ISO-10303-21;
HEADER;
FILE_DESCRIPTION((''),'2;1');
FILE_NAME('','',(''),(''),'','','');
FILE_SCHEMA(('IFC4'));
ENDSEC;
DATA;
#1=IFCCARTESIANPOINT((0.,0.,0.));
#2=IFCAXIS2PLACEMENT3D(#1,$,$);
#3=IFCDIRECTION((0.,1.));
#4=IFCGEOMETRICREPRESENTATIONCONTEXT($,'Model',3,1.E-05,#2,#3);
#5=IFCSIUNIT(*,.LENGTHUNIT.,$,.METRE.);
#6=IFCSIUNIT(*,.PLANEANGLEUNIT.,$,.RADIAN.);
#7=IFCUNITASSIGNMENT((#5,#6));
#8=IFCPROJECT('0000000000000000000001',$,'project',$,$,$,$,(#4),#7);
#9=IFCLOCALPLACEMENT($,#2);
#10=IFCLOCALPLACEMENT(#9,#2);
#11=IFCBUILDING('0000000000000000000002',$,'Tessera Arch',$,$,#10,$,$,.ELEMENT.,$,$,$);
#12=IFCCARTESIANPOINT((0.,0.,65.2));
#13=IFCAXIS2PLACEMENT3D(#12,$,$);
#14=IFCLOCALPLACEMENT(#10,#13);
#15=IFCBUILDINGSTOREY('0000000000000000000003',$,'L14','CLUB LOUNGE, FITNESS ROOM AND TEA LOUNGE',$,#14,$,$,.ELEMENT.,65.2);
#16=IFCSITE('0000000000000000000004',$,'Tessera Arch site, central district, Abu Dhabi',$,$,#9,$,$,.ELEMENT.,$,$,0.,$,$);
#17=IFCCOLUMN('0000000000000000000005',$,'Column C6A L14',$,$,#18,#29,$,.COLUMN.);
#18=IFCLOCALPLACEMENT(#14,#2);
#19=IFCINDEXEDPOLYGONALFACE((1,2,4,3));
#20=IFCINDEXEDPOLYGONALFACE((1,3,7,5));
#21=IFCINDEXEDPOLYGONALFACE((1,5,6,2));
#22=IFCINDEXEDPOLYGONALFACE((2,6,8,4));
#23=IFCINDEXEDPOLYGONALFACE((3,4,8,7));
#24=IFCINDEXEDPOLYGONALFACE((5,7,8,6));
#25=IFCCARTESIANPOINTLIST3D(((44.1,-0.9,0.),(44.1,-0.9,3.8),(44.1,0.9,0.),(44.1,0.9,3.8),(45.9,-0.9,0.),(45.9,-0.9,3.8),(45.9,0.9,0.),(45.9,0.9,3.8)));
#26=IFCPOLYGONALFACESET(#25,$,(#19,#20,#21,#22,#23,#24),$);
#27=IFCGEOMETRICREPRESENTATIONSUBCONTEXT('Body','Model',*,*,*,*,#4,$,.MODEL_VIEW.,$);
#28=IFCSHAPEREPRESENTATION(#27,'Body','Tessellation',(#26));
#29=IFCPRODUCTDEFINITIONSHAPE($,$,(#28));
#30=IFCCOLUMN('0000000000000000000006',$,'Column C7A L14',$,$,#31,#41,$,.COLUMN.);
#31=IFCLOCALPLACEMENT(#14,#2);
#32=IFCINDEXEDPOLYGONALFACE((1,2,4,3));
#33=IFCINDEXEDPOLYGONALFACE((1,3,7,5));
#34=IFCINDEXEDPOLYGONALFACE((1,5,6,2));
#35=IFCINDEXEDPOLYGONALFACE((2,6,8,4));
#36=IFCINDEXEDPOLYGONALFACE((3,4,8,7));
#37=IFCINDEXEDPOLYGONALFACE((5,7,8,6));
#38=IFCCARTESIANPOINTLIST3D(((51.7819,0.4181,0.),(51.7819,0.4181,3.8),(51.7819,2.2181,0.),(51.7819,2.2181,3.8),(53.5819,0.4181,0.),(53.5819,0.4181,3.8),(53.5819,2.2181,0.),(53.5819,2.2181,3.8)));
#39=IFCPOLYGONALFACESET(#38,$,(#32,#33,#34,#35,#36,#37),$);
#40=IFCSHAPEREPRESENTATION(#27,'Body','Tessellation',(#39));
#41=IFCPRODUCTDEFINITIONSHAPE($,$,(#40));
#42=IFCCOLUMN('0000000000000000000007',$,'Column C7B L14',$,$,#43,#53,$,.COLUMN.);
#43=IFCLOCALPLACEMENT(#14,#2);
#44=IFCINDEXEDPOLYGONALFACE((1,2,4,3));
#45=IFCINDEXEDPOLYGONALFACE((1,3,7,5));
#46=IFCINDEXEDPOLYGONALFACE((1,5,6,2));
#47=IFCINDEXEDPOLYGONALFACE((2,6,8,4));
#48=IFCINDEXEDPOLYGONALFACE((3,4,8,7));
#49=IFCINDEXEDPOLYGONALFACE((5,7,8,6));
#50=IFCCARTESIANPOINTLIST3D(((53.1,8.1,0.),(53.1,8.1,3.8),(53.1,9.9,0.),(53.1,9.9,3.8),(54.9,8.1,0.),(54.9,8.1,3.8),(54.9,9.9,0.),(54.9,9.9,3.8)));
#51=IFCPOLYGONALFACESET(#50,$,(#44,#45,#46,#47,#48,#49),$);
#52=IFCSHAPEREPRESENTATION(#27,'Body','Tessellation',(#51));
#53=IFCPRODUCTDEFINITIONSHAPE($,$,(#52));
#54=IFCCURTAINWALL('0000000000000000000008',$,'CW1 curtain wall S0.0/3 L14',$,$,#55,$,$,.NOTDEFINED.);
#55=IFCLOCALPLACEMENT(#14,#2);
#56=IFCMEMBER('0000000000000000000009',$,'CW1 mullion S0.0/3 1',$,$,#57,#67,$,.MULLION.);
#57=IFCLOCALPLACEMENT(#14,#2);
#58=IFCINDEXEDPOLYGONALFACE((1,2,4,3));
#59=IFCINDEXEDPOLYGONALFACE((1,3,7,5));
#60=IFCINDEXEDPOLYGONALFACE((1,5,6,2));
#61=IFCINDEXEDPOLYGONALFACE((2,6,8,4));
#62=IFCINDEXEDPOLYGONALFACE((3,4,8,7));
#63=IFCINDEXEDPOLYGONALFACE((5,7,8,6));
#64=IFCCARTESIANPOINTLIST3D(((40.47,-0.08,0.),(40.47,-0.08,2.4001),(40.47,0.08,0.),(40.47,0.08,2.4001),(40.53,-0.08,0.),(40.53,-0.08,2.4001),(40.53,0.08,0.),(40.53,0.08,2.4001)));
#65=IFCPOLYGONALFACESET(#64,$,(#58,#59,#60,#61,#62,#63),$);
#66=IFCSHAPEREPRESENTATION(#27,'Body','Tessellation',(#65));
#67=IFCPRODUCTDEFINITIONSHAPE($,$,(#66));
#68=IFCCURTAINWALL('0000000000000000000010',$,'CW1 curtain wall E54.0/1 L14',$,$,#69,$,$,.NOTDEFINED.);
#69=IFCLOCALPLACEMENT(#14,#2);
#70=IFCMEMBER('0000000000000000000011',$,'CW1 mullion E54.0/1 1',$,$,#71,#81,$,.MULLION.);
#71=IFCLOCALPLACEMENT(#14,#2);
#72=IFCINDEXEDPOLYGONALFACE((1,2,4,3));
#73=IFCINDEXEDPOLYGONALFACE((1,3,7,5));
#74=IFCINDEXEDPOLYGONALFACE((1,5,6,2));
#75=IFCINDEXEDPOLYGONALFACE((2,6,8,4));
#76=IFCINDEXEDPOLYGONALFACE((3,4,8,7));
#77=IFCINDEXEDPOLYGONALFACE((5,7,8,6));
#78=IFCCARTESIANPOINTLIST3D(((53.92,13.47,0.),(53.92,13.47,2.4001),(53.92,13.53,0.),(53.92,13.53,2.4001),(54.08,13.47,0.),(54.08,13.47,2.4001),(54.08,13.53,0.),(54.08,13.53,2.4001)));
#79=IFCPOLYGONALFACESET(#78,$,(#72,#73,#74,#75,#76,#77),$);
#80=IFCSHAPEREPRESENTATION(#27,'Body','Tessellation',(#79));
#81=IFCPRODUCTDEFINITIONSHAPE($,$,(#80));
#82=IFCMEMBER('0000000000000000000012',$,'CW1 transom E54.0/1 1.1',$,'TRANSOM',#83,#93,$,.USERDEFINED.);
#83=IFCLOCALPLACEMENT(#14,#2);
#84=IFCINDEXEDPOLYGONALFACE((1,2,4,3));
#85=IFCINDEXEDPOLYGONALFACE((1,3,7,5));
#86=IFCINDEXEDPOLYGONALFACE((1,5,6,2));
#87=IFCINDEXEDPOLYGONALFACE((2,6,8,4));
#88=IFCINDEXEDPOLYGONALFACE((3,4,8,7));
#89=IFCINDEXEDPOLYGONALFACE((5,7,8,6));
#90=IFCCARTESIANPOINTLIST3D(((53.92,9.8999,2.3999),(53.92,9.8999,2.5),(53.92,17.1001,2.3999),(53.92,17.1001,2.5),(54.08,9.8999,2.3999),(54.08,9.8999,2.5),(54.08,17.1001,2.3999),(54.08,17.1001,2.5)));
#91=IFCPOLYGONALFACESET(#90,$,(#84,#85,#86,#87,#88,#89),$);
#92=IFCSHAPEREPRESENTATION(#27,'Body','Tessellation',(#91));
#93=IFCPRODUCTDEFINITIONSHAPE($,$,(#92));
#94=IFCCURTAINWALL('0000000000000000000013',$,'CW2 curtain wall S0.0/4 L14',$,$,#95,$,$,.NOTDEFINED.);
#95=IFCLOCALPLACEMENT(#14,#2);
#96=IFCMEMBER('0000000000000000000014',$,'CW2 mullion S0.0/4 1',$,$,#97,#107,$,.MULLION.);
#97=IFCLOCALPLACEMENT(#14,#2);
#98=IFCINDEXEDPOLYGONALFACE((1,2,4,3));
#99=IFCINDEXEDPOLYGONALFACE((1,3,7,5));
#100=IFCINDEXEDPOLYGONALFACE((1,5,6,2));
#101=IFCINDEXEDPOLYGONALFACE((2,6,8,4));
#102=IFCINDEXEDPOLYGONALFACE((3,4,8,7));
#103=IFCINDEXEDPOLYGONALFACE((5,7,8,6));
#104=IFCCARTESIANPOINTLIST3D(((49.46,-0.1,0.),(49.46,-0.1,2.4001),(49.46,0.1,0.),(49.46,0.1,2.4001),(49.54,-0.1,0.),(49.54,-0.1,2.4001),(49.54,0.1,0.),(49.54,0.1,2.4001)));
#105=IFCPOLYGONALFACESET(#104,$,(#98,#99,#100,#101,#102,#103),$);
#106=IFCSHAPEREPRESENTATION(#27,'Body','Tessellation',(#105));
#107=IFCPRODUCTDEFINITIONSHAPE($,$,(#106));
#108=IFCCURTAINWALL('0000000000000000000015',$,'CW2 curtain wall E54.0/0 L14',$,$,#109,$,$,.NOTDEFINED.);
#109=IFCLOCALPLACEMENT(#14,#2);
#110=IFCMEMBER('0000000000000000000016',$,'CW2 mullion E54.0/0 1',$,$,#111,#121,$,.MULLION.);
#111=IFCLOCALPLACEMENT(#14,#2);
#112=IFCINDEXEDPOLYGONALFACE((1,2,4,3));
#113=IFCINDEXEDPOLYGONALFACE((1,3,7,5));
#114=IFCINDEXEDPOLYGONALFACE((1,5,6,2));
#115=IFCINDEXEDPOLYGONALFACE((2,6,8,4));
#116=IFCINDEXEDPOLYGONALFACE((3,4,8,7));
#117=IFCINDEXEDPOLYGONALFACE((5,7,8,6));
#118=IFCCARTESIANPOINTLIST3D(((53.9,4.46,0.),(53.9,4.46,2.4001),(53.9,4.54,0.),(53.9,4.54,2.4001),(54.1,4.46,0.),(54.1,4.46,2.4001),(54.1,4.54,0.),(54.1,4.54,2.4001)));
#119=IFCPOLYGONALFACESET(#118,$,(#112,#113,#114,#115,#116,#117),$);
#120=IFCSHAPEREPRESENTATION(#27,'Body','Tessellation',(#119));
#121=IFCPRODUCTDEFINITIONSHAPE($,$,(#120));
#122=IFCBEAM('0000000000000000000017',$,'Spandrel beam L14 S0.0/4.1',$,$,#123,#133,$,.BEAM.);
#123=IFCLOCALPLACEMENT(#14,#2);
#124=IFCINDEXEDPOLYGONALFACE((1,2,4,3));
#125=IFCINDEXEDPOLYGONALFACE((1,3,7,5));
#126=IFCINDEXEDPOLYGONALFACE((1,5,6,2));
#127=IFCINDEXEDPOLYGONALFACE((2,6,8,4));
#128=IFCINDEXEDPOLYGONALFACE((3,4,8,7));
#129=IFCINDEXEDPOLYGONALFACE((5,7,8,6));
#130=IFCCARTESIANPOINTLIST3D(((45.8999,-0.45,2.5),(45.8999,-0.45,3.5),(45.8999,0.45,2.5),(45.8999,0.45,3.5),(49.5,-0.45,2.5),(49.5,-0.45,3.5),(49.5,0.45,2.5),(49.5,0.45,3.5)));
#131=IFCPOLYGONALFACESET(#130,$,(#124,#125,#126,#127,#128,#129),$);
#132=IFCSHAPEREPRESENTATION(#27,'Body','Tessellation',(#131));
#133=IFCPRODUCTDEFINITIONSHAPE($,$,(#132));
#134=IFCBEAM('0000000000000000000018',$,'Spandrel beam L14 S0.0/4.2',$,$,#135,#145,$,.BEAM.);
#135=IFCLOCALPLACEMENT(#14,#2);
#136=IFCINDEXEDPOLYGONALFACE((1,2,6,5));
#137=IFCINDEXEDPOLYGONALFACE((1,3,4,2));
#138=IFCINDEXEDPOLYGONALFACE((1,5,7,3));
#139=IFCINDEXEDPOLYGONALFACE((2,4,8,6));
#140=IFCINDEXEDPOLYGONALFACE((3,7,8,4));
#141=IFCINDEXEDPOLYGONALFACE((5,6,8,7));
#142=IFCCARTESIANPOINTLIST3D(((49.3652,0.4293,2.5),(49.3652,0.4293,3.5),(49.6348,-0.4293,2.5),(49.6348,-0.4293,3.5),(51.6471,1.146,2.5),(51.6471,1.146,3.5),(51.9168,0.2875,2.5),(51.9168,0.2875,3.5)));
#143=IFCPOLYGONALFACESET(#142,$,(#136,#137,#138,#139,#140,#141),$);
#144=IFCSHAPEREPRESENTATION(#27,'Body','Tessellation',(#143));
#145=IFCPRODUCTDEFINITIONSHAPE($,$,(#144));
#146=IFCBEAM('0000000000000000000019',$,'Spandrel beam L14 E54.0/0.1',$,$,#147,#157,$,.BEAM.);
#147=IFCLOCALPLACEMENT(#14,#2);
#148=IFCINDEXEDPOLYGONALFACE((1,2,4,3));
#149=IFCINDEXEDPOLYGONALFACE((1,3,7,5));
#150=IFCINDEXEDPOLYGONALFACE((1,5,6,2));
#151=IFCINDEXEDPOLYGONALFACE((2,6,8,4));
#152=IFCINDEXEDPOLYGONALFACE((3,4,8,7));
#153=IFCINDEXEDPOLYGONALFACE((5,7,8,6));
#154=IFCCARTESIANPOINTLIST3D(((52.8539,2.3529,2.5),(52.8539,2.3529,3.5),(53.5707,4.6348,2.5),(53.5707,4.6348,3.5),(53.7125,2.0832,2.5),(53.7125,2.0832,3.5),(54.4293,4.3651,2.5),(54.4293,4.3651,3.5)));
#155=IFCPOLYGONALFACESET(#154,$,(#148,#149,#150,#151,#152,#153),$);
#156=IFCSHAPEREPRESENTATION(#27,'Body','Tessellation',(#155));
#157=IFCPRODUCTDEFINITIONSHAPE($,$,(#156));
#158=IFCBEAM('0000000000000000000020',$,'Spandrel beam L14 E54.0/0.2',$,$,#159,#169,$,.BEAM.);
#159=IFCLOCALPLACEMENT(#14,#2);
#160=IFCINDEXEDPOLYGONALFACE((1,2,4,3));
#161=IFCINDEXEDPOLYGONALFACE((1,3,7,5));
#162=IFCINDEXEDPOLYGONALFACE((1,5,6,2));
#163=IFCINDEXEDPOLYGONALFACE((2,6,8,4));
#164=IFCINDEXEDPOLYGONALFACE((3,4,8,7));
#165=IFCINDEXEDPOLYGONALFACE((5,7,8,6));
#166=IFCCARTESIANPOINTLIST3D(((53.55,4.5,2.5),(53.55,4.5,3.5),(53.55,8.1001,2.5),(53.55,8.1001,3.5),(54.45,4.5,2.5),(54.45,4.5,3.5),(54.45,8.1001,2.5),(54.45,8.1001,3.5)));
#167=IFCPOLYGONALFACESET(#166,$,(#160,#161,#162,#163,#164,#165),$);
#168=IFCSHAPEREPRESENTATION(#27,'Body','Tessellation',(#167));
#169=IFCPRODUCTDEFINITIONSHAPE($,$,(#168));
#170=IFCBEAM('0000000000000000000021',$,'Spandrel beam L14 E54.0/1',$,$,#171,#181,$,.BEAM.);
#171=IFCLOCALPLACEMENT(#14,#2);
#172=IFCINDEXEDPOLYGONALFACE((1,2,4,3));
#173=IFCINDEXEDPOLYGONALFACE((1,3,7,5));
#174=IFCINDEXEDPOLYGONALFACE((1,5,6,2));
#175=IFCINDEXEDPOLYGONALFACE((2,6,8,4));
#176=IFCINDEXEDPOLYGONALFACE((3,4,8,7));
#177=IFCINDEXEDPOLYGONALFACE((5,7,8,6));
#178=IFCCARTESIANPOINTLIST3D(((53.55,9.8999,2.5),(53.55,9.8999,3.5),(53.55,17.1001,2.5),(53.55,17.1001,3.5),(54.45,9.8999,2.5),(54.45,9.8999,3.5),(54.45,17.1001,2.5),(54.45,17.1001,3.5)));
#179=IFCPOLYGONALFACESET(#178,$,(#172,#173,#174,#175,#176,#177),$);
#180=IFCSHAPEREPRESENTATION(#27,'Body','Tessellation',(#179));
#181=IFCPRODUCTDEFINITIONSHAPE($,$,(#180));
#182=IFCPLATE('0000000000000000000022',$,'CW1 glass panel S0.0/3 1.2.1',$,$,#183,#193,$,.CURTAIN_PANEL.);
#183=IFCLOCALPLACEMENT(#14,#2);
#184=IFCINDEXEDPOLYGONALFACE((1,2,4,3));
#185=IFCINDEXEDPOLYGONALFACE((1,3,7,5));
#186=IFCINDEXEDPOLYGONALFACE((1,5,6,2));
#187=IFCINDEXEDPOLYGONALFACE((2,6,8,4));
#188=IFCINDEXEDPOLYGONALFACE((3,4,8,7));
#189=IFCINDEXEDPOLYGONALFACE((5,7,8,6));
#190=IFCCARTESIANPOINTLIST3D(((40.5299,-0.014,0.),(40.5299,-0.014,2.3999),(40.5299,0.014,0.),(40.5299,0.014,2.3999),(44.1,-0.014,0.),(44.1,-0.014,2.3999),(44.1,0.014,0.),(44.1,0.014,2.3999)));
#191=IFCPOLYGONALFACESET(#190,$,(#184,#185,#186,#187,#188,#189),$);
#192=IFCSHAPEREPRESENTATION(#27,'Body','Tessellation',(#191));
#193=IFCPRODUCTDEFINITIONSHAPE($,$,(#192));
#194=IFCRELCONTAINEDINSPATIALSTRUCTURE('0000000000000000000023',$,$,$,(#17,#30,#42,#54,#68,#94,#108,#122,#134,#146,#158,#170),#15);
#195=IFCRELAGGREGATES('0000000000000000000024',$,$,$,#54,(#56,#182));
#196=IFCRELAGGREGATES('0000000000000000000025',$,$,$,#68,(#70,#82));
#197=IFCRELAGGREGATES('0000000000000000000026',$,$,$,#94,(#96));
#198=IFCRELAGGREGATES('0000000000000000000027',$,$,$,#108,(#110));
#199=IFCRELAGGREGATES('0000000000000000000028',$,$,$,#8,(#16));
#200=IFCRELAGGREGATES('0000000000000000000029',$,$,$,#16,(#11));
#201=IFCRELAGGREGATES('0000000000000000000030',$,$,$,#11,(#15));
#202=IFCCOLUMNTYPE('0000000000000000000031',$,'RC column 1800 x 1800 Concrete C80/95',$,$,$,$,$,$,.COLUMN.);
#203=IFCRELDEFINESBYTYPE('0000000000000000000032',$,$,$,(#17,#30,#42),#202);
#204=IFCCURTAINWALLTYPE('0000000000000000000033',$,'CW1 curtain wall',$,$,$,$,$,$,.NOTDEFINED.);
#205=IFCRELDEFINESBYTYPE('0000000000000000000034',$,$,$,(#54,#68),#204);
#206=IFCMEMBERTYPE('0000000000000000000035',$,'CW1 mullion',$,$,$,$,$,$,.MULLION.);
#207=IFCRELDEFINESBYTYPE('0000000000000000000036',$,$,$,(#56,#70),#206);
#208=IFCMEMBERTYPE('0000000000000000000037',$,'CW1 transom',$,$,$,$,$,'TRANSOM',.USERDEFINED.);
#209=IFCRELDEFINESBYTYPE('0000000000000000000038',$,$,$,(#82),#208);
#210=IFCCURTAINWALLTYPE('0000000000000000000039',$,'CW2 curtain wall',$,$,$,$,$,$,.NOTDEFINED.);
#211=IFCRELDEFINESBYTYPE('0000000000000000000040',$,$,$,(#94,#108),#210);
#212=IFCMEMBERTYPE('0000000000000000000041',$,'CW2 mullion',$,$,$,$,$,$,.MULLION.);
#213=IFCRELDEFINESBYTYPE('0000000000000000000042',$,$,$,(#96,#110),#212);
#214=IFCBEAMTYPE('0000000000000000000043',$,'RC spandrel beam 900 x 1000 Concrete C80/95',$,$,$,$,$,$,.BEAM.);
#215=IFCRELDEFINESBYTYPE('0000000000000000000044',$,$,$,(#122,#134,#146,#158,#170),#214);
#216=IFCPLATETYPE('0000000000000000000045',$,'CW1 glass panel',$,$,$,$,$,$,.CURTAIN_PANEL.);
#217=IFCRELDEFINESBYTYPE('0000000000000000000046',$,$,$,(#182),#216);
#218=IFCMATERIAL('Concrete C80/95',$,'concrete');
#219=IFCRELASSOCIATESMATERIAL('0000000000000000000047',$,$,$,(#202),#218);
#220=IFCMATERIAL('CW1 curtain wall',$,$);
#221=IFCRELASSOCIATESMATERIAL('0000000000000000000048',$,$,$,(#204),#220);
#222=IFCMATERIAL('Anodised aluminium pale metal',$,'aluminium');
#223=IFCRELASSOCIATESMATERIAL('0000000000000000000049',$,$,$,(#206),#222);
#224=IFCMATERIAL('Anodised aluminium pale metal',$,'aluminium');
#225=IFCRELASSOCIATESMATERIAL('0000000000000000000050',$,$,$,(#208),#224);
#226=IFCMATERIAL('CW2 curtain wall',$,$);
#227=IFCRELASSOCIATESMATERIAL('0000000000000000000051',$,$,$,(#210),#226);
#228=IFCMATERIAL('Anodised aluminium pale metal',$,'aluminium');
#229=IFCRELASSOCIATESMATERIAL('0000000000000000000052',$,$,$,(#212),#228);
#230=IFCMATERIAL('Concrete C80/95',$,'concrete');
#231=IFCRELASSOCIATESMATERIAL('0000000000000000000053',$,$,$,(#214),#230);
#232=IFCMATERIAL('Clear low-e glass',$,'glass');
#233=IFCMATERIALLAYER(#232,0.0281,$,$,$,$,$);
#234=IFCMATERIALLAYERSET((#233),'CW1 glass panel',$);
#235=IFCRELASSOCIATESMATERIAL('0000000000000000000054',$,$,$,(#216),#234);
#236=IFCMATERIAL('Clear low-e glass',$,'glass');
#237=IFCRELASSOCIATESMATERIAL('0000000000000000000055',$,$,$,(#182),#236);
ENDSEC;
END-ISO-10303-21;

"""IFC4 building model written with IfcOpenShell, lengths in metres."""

from ifc_helpers import new_model, si_unit, direction, frame, origin, origin_2d, place, context, subcontext, project, spatial, rectangle, extrude, material, layer, layer_set, material_profile, profile_set, type_object, element, aggregate, save


model = new_model("IFC4")

# Units and contexts
model_context = context("Model", 3, precision=1e-05, world=origin(), true_north=direction((0.0, 1.0)))
body_context = subcontext(model_context, "Body", "Model", "MODEL_VIEW")
ifc_project = project(units=[si_unit("LENGTHUNIT", "METRE"), si_unit("PLANEANGLEUNIT", "RADIAN")], contexts=[model_context])

# Site, building, storey
site_placement = place(None, origin())
site = spatial("IfcSite", under=ifc_project, at=site_placement, Name="Tessera Arch site, central district, Abu Dhabi", CompositionType="ELEMENT", RefElevation=0.0)
building_placement = place(site_placement, origin())
building = spatial("IfcBuilding", under=site, at=building_placement, Name="Tessera Arch", CompositionType="ELEMENT")
storey_placement = place(building_placement, frame((0.0, 0.0, 65.2)))
storey = spatial("IfcBuildingStorey", under=building, at=storey_placement, Name="L14", Description="CLUB LOUNGE, FITNESS ROOM AND TEA LOUNGE", CompositionType="ELEMENT", Elevation=65.2)

# Columns
ifc_material_1 = material(Name="Concrete C80/95", Category="concrete")
ifc_material_profile_1 = material_profile(ifc_material_1, rectangle(XDim=1.8, YDim=1.8, at=origin_2d()), Name="RC column 1800 x 1800 Concrete C80/95")
ifc_profile_set_1 = profile_set([ifc_material_profile_1], Name="Concrete C80/95")
column_type = type_object("IfcColumnType", Name="RC column 1800 x 1800 Concrete C80/95", PredefinedType="COLUMN", material=ifc_profile_set_1)
for number, where, z_axis, x_axis, name in (
    (1, (45.0, 0.0, 0.0), (0.0, 0.0, 1.0), (1.0, 0.0, 0.0), "Column C6A L14"),
    (2, (52.6819, 1.3181, 0.0), (0.0, 0.0, 1.0), (1.0, 0.0, 0.0), "Column C7A L14"),
    (3, (54.0, 9.0, 0.0), (0.0, 0.0, 1.0), (1.0, 0.0, 0.0), "Column C7B L14"),
):
    element("IfcColumn", number, at=place(storey_placement, frame(where, z_axis=z_axis, x_axis=x_axis)), inside=storey, type_object=column_type, Name=name, PredefinedType="COLUMN", context=body_context, shape_type="SweptSolid", body=[
        extrude(rectangle(XDim=1.8, YDim=1.8, at=origin_2d()), origin(), (0.0, 0.0, 1.0), 3.8),
    ])

# Curtain wall, member
ifc_material_2 = material(Name="CW1 curtain wall")
curtain_wall_type_1 = type_object("IfcCurtainWallType", Name="CW1 curtain wall", PredefinedType="NOTDEFINED", material=ifc_material_2)
curtain_wall_1_placement = place(storey_placement, origin())
curtain_wall_1 = element("IfcCurtainWall", 4, at=curtain_wall_1_placement, inside=storey, type_object=curtain_wall_type_1, Name="CW1 curtain wall S0.0/3 L14", PredefinedType="NOTDEFINED")
ifc_material_3 = material(Name="Anodised aluminium pale metal", Category="aluminium")
ifc_material_profile_2 = material_profile(ifc_material_3, rectangle(XDim=0.1599, YDim=0.0601, at=origin_2d()), Name="AL 60x160")
ifc_profile_set_2 = profile_set([ifc_material_profile_2], Name="Anodised aluminium pale metal")
member_type_1 = type_object("IfcMemberType", Name="CW1 mullion", PredefinedType="MULLION", material=ifc_profile_set_2)
member_1_placement = place(storey_placement, frame((40.5, 0.0, 0.0), z_axis=(0.0, 0.0, 1.0), x_axis=(0.0, 1.0, 0.0)))
member_1 = element("IfcMember", 5, at=member_1_placement, type_object=member_type_1, Name="CW1 mullion S0.0/3 1", PredefinedType="MULLION", context=body_context, shape_type="SweptSolid", body=[
    extrude(rectangle(XDim=0.1599, YDim=0.0601, at=origin_2d()), origin(), (0.0, 0.0, 1.0), 2.4001),
])

# Curtain wall, members
curtain_wall_2_placement = place(storey_placement, origin())
curtain_wall_2 = element("IfcCurtainWall", 6, at=curtain_wall_2_placement, inside=storey, type_object=curtain_wall_type_1, Name="CW1 curtain wall E54.0/1 L14", PredefinedType="NOTDEFINED")
member_2_placement = place(storey_placement, frame((54.0, 13.5, 0.0), z_axis=(0.0, 0.0, 1.0), x_axis=(-1.0, 0.0, 0.0)))
member_2 = element("IfcMember", 7, at=member_2_placement, type_object=member_type_1, Name="CW1 mullion E54.0/1 1", PredefinedType="MULLION", context=body_context, shape_type="SweptSolid", body=[
    extrude(rectangle(XDim=0.1599, YDim=0.0601, at=origin_2d()), origin(), (0.0, 0.0, 1.0), 2.4001),
])
ifc_material_4 = material(Name="Anodised aluminium pale metal", Category="aluminium")
ifc_material_profile_3 = material_profile(ifc_material_4, rectangle(XDim=0.1599, YDim=0.1001, at=origin_2d()), Name="AL 160x100")
ifc_profile_set_3 = profile_set([ifc_material_profile_3], Name="Anodised aluminium pale metal")
member_type_2 = type_object("IfcMemberType", Name="CW1 transom", ElementType="TRANSOM", PredefinedType="USERDEFINED", material=ifc_profile_set_3)
member_3_placement = place(storey_placement, frame((54.0, 9.8999, 2.45), z_axis=(0.0, 1.0, 0.0), x_axis=(-1.0, 0.0, 0.0)))
member_3 = element("IfcMember", 8, at=member_3_placement, type_object=member_type_2, Name="CW1 transom E54.0/1 1.1", ObjectType="TRANSOM", PredefinedType="USERDEFINED", context=body_context, shape_type="SweptSolid", body=[
    extrude(rectangle(XDim=0.1599, YDim=0.1001, at=origin_2d()), origin(), (0.0, 0.0, 1.0), 7.2002),
])

# Curtain walls, members
ifc_material_5 = material(Name="CW2 curtain wall")
curtain_wall_type_2 = type_object("IfcCurtainWallType", Name="CW2 curtain wall", PredefinedType="NOTDEFINED", material=ifc_material_5)
curtain_wall_3_placement = place(storey_placement, origin())
curtain_wall_3 = element("IfcCurtainWall", 9, at=curtain_wall_3_placement, inside=storey, type_object=curtain_wall_type_2, Name="CW2 curtain wall S0.0/4 L14", PredefinedType="NOTDEFINED")
ifc_material_6 = material(Name="Anodised aluminium pale metal", Category="aluminium")
ifc_material_profile_4 = material_profile(ifc_material_6, rectangle(XDim=0.2, YDim=0.0801, at=origin_2d()), Name="AL 80x200")
ifc_profile_set_4 = profile_set([ifc_material_profile_4], Name="Anodised aluminium pale metal")
member_type_3 = type_object("IfcMemberType", Name="CW2 mullion", PredefinedType="MULLION", material=ifc_profile_set_4)
member_4_placement = place(storey_placement, frame((49.5, 0.0, 0.0), z_axis=(0.0, 0.0, 1.0), x_axis=(0.0, 1.0, 0.0)))
member_4 = element("IfcMember", 10, at=member_4_placement, type_object=member_type_3, Name="CW2 mullion S0.0/4 1", PredefinedType="MULLION", context=body_context, shape_type="SweptSolid", body=[
    extrude(rectangle(XDim=0.2, YDim=0.0801, at=origin_2d()), origin(), (0.0, 0.0, 1.0), 2.4001),
])
curtain_wall_4_placement = place(storey_placement, origin())
curtain_wall_4 = element("IfcCurtainWall", 11, at=curtain_wall_4_placement, inside=storey, type_object=curtain_wall_type_2, Name="CW2 curtain wall E54.0/0 L14", PredefinedType="NOTDEFINED")
member_5_placement = place(storey_placement, frame((54.0, 4.5, 0.0), z_axis=(0.0, 0.0, 1.0), x_axis=(-1.0, 0.0, 0.0)))
member_5 = element("IfcMember", 12, at=member_5_placement, type_object=member_type_3, Name="CW2 mullion E54.0/0 1", PredefinedType="MULLION", context=body_context, shape_type="SweptSolid", body=[
    extrude(rectangle(XDim=0.2, YDim=0.0801, at=origin_2d()), origin(), (0.0, 0.0, 1.0), 2.4001),
])

# Beams
ifc_material_7 = material(Name="Concrete C80/95", Category="concrete")
ifc_material_profile_5 = material_profile(ifc_material_7, rectangle(XDim=0.8999, YDim=1.0, at=origin_2d()), Name="RC spandrel beam 900 x 1000 Concrete C80/95")
ifc_profile_set_5 = profile_set([ifc_material_profile_5], Name="Concrete C80/95")
beam_type = type_object("IfcBeamType", Name="RC spandrel beam 900 x 1000 Concrete C80/95", PredefinedType="BEAM", material=ifc_profile_set_5)
beam_1_placement = place(storey_placement, frame((45.8999, 0.0, 3.0), z_axis=(1.0, 0.0, 0.0), x_axis=(0.0, 1.0, 0.0)))
element("IfcBeam", 13, at=beam_1_placement, inside=storey, type_object=beam_type, Name="Spandrel beam L14 S0.0/4.1", PredefinedType="BEAM", context=body_context, shape_type="SweptSolid", body=[
    extrude(rectangle(XDim=0.8999, YDim=1.0, at=origin_2d()), origin(), (0.0, 0.0, 1.0), 3.6001),
])
for number, where, z_axis, x_axis, name in (
    (14, (49.5, 0.0, 3.0), (0.954041, 0.299675, 0.0), (-0.299675, 0.954041, 0.0), "Spandrel beam L14 S0.0/4.2"),
    (15, (53.2832, 2.218, 3.0), (0.299675, 0.954041, 0.0), (-0.954041, 0.299675, 0.0), "Spandrel beam L14 E54.0/0.1"),
):
    element("IfcBeam", number, at=place(storey_placement, frame(where, z_axis=z_axis, x_axis=x_axis)), inside=storey, type_object=beam_type, Name=name, PredefinedType="BEAM", context=body_context, shape_type="SweptSolid", body=[
        extrude(rectangle(XDim=0.8999, YDim=1.0, at=origin_2d()), origin(), (0.0, 0.0, 1.0), 2.3918),
    ])
beam_2_placement = place(storey_placement, frame((54.0, 4.5, 3.0), z_axis=(0.0, 1.0, 0.0), x_axis=(-1.0, 0.0, 0.0)))
element("IfcBeam", 16, at=beam_2_placement, inside=storey, type_object=beam_type, Name="Spandrel beam L14 E54.0/0.2", PredefinedType="BEAM", context=body_context, shape_type="SweptSolid", body=[
    extrude(rectangle(XDim=0.8999, YDim=1.0, at=origin_2d()), origin(), (0.0, 0.0, 1.0), 3.6001),
])
beam_3_placement = place(storey_placement, frame((54.0, 9.8999, 3.0), z_axis=(0.0, 1.0, 0.0), x_axis=(-1.0, 0.0, 0.0)))
element("IfcBeam", 17, at=beam_3_placement, inside=storey, type_object=beam_type, Name="Spandrel beam L14 E54.0/1", PredefinedType="BEAM", context=body_context, shape_type="SweptSolid", body=[
    extrude(rectangle(XDim=0.8999, YDim=1.0, at=origin_2d()), origin(), (0.0, 0.0, 1.0), 7.2002),
])

# Plate
ifc_material_8 = material(Name="Clear low-e glass", Category="glass")
ifc_material_9 = material(Name="Clear low-e glass", Category="glass")
ifc_layer_1 = layer(ifc_material_9, 0.0281)
ifc_layer_set_1 = layer_set([ifc_layer_1], Name="CW1 glass panel")
plate_type_1 = type_object("IfcPlateType", Name="CW1 glass panel", PredefinedType="CURTAIN_PANEL", material=ifc_layer_set_1)
plate_1_placement = place(storey_placement, frame((42.3149, 0.0, 0.0), z_axis=(0.0, 0.0, 1.0), x_axis=(1.0, 0.0, 0.0)))
plate_1 = element("IfcPlate", 18, at=plate_1_placement, type_object=plate_type_1, material=ifc_material_8, Name="CW1 glass panel S0.0/3 1.2.1", PredefinedType="CURTAIN_PANEL", context=body_context, shape_type="SweptSolid", body=[
    extrude(rectangle(XDim=3.5701, YDim=0.0281, at=origin_2d()), origin(), (0.0, 0.0, 1.0), 2.3999),
])
aggregate(curtain_wall_1, [member_1, plate_1])
aggregate(curtain_wall_2, [member_2, member_3])
aggregate(curtain_wall_3, [member_4])
aggregate(curtain_wall_4, [member_5])

save(model, "model.ifc")
